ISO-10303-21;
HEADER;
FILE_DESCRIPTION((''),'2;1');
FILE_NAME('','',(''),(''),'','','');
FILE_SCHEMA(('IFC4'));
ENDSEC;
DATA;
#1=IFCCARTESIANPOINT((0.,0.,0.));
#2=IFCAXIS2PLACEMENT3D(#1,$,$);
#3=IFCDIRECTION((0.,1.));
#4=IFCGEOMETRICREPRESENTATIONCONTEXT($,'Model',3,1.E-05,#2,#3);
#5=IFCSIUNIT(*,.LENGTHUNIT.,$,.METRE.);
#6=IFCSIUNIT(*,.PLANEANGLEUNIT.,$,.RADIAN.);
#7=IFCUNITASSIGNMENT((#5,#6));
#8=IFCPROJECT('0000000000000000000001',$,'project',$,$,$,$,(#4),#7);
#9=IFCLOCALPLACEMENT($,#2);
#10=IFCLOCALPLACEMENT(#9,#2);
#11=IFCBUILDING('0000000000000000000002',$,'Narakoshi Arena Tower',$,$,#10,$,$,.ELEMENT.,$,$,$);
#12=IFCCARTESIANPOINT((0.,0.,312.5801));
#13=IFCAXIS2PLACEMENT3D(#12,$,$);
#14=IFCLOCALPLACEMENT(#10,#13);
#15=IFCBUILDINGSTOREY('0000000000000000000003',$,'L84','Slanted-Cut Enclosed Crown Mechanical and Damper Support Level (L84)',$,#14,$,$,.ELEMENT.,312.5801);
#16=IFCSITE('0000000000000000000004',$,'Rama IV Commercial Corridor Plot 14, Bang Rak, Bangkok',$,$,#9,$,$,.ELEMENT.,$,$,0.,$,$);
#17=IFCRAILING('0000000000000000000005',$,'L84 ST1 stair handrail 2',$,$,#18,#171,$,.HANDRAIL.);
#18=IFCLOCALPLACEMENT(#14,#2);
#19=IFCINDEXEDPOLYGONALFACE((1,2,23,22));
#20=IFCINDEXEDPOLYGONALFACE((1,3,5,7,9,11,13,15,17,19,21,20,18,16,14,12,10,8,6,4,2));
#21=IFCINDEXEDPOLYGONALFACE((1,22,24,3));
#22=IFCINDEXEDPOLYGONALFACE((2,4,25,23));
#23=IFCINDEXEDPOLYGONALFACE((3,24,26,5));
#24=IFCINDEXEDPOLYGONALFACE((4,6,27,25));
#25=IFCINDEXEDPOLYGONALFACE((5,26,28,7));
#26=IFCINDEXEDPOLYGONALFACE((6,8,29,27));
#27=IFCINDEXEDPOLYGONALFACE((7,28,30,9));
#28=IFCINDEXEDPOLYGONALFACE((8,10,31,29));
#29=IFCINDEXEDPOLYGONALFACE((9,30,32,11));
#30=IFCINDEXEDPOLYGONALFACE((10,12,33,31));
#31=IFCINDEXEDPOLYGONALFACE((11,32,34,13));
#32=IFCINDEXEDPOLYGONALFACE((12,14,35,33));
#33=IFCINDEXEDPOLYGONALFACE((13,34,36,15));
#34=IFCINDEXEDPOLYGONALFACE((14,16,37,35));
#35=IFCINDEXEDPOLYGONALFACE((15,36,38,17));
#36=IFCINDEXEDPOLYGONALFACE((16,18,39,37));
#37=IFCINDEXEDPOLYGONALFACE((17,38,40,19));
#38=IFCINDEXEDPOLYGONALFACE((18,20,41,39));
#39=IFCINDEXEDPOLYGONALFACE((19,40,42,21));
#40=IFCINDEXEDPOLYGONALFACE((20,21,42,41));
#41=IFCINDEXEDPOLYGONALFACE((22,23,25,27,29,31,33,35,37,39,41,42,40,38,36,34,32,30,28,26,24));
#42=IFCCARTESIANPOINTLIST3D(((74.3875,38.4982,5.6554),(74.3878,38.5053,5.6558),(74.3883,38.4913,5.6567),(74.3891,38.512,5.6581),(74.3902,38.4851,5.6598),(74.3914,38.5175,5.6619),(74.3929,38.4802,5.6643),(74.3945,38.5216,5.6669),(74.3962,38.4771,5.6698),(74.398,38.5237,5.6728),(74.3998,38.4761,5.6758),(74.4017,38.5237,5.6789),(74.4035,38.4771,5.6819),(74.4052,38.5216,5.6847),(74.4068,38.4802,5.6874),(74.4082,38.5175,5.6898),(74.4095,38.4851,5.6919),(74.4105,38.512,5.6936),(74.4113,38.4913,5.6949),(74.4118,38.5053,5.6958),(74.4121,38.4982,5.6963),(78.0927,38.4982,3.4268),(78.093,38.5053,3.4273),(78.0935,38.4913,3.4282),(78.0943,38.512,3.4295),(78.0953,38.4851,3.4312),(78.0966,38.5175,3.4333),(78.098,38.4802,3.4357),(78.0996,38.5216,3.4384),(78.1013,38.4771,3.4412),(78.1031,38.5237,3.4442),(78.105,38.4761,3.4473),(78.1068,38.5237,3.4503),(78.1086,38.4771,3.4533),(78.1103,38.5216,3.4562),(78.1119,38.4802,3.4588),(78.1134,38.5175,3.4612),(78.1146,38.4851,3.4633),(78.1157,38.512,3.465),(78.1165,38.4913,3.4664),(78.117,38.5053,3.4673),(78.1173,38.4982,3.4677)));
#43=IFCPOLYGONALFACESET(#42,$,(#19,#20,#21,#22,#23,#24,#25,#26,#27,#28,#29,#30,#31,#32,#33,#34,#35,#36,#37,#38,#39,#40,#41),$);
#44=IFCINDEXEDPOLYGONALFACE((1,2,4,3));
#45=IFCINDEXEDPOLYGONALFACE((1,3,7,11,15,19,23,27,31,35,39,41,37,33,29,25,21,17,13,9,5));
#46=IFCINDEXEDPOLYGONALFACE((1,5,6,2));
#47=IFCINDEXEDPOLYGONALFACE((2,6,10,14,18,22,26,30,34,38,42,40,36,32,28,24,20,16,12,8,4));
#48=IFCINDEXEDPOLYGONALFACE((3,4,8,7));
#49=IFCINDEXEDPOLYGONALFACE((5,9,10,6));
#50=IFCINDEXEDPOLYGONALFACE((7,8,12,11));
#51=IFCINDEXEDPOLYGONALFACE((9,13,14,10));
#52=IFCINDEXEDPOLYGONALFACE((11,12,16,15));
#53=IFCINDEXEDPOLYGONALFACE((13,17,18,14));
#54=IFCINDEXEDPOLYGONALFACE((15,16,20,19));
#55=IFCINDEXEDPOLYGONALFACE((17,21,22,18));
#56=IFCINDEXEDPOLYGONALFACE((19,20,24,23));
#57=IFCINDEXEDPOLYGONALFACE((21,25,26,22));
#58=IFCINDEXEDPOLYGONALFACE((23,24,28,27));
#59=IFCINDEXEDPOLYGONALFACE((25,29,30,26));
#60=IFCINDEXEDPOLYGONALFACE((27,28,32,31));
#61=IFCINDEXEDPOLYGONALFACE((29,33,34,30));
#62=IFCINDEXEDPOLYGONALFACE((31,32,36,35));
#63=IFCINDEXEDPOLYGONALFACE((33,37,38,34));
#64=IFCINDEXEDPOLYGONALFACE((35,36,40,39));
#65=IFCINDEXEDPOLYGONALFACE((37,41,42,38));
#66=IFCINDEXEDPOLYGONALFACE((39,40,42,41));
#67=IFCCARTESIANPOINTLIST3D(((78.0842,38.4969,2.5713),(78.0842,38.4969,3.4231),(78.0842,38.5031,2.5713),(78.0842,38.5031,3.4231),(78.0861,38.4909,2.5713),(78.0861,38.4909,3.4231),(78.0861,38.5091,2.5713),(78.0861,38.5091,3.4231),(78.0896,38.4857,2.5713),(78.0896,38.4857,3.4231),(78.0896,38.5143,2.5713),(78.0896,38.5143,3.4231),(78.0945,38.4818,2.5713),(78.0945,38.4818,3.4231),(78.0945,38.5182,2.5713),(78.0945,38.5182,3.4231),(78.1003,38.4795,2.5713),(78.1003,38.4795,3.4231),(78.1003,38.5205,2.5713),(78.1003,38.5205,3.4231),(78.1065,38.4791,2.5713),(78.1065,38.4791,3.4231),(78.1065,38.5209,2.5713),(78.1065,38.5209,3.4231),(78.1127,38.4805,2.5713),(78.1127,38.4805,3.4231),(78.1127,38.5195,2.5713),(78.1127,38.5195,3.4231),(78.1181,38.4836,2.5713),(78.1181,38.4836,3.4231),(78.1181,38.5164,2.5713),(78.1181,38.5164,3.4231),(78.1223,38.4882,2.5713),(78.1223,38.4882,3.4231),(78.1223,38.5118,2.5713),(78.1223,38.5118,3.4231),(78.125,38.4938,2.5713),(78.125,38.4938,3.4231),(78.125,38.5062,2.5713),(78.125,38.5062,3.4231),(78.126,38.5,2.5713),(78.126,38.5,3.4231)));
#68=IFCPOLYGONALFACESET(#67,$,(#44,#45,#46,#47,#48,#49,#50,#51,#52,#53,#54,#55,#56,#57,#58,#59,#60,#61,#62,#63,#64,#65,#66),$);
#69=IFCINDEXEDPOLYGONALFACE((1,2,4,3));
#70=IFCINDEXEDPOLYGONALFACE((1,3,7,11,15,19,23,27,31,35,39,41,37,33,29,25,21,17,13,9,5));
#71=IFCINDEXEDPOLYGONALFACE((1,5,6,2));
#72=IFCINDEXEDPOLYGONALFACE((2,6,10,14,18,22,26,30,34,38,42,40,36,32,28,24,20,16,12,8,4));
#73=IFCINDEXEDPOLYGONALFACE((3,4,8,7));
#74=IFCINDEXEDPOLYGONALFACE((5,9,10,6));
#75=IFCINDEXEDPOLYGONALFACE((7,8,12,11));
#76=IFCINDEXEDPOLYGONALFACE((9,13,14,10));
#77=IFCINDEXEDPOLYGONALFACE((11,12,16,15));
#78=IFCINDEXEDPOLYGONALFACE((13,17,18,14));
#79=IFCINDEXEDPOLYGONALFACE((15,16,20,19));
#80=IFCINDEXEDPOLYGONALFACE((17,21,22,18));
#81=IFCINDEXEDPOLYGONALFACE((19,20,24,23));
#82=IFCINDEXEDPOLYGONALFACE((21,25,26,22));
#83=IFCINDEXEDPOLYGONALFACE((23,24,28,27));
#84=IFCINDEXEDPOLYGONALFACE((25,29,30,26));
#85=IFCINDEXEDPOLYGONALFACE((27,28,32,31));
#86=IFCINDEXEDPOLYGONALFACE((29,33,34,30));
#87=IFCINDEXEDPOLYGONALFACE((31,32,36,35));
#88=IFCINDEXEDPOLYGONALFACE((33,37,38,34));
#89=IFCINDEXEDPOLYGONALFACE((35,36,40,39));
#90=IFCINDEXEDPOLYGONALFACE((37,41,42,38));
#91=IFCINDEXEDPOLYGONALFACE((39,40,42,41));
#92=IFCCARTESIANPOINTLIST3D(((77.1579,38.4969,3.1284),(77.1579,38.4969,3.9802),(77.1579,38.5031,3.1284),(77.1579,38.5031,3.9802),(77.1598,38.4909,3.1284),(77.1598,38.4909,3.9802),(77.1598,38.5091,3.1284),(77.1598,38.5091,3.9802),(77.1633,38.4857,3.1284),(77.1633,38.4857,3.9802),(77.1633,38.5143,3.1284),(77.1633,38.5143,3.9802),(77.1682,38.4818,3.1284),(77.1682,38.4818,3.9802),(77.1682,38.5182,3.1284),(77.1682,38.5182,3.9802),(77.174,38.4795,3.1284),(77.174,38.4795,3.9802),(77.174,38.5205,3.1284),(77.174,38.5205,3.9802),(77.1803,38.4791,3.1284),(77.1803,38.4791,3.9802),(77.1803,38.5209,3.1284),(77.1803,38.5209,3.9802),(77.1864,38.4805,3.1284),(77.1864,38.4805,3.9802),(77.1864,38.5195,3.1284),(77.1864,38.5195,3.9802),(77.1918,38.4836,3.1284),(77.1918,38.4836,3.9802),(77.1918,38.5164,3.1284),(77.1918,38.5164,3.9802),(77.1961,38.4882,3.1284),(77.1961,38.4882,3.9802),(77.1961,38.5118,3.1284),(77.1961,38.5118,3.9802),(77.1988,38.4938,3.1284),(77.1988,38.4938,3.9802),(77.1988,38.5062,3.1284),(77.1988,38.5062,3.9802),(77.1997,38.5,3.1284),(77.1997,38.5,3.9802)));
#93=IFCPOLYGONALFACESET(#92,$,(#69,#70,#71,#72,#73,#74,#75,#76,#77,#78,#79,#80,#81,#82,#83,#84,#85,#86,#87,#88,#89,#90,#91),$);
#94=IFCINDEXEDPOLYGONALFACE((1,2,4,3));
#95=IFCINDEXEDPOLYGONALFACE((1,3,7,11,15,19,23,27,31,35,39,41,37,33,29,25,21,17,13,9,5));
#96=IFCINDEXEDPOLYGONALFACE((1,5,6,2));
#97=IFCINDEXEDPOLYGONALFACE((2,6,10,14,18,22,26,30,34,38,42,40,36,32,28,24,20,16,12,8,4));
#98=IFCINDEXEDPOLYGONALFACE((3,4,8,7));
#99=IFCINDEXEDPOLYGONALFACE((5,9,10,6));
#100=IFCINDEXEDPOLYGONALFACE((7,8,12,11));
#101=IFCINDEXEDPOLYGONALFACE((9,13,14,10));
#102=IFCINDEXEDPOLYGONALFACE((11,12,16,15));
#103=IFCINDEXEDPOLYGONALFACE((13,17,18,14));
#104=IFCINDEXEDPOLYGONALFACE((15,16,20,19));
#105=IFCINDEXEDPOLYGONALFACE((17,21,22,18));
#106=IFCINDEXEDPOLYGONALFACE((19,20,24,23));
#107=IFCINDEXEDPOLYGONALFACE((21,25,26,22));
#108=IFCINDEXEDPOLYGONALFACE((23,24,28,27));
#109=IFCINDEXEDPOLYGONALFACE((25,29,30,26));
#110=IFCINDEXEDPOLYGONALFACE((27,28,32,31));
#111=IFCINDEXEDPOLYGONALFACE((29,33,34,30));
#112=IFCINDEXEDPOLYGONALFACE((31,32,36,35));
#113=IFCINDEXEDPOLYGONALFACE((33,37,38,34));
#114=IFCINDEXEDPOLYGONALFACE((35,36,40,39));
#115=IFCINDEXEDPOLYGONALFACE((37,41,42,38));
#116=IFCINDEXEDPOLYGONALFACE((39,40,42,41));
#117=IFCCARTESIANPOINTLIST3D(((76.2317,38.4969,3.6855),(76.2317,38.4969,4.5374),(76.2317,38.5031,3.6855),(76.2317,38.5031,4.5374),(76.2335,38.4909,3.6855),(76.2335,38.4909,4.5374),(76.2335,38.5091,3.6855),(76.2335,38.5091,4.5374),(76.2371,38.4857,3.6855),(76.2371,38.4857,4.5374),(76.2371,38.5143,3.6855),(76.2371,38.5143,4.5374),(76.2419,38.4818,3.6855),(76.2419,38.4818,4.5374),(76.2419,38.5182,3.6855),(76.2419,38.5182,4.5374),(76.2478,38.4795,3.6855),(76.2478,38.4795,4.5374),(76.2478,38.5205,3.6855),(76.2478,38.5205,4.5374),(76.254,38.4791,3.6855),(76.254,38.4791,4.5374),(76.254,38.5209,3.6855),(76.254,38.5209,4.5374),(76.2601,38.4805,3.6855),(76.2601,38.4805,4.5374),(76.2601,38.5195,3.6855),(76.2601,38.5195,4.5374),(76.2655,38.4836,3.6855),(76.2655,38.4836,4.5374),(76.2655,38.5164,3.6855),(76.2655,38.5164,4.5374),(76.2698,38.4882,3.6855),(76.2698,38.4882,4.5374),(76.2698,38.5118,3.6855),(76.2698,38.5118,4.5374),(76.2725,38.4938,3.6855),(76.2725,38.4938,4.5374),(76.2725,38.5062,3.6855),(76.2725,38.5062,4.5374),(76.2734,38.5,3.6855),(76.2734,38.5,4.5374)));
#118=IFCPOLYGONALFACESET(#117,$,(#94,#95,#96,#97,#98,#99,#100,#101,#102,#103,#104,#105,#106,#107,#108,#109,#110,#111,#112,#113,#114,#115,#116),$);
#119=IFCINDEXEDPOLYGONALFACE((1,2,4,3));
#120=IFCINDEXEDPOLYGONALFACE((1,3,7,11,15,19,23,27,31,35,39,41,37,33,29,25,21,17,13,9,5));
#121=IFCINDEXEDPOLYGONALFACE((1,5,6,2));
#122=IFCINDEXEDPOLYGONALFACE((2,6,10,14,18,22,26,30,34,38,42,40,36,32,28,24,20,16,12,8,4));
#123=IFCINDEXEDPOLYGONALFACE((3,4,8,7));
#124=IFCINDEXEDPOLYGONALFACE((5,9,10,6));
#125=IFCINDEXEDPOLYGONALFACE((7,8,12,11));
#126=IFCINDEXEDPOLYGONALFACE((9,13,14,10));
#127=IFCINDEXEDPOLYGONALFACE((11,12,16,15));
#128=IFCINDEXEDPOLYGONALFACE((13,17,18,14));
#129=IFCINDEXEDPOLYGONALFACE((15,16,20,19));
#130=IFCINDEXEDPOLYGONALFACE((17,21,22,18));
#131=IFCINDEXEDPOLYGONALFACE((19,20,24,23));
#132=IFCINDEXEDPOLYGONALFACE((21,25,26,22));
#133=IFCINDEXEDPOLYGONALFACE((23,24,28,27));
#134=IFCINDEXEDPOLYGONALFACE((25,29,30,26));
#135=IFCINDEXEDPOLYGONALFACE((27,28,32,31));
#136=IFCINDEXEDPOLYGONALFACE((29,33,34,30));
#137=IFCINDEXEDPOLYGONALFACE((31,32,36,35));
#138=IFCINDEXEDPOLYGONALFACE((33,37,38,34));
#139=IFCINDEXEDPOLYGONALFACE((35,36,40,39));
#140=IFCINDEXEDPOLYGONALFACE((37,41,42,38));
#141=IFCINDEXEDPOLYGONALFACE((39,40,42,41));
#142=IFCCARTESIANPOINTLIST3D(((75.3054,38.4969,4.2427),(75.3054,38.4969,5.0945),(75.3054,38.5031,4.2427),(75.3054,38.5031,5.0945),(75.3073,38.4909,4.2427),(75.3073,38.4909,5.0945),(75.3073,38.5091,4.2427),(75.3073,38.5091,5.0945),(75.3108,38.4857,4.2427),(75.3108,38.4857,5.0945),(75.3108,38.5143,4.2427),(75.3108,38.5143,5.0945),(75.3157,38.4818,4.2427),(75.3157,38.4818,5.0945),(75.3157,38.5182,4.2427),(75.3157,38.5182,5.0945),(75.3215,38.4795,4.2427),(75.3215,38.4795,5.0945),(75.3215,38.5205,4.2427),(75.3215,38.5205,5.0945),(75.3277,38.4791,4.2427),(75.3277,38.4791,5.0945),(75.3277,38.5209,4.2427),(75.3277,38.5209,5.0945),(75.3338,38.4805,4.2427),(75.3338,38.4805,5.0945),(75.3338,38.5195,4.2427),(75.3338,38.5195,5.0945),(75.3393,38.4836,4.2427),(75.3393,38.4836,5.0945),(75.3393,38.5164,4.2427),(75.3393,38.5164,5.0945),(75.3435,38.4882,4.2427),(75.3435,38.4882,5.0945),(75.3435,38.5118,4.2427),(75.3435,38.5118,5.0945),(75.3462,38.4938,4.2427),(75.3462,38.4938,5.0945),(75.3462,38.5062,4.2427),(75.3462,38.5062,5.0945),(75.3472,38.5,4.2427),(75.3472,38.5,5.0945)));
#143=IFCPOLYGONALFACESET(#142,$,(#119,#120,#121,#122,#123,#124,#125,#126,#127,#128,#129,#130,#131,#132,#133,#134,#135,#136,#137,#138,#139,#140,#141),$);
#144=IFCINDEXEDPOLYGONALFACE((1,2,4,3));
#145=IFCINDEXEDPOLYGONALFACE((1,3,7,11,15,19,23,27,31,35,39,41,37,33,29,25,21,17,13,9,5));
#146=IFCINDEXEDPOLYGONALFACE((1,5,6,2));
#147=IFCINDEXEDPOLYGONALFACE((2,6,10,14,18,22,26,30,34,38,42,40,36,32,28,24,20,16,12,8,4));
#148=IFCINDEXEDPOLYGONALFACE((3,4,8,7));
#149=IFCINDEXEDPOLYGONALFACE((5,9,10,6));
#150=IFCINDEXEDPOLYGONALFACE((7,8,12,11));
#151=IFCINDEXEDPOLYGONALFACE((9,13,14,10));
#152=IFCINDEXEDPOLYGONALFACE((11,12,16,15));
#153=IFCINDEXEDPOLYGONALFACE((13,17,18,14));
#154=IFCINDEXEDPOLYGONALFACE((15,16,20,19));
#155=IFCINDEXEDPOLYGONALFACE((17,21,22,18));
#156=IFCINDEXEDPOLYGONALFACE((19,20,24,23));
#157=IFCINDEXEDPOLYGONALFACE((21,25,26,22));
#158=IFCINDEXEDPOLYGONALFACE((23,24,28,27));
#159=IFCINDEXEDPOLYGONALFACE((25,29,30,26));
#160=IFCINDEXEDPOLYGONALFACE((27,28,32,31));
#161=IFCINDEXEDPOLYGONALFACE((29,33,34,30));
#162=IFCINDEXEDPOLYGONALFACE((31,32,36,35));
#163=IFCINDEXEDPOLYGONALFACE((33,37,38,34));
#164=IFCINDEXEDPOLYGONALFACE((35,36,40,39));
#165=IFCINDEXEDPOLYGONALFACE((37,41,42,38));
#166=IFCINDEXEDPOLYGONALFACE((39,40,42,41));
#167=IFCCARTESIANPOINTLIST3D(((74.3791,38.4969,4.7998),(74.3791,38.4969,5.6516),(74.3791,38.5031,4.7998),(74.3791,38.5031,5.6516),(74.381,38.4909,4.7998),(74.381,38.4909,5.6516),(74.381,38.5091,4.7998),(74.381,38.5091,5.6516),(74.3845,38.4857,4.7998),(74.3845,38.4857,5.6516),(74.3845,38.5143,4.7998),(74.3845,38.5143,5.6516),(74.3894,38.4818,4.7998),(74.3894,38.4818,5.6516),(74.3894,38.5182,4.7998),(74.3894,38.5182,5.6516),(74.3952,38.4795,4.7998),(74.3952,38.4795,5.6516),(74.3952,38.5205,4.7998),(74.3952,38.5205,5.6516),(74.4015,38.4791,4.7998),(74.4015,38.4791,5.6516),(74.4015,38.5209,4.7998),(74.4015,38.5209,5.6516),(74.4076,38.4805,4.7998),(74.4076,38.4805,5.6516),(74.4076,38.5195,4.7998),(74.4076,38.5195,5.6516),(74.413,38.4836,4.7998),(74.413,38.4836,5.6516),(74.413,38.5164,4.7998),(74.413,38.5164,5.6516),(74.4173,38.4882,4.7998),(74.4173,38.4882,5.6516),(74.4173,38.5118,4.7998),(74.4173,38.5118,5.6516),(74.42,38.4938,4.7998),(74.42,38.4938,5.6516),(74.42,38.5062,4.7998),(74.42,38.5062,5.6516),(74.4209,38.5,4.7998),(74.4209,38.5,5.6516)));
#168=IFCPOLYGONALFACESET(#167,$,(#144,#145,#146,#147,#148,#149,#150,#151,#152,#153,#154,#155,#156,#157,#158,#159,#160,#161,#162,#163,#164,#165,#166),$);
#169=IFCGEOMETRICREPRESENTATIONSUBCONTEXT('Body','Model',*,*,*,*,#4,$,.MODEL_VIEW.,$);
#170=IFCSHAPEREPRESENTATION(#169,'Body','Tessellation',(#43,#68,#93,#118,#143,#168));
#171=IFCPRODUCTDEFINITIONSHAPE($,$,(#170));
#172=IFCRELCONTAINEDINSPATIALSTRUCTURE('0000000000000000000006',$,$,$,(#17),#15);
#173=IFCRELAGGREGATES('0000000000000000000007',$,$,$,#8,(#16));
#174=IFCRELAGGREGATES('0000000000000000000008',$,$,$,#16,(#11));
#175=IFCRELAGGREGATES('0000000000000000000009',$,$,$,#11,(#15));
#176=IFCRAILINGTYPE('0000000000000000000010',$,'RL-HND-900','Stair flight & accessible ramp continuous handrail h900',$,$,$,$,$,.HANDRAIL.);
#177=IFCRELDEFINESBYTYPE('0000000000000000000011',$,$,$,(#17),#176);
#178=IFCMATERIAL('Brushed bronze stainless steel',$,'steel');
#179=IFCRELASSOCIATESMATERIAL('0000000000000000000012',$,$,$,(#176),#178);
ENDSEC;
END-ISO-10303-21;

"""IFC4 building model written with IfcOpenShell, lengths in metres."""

from ifc_helpers import new_model, si_unit, direction, frame, origin, origin_2d, place, context, subcontext, project, spatial, circle, extrude, material, type_object, element, save


model = new_model("IFC4")

# Units and contexts
model_context = context("Model", 3, precision=1e-05, world=origin(), true_north=direction((0.0, 1.0)))
body_context = subcontext(model_context, "Body", "Model", "MODEL_VIEW")
ifc_project = project(units=[si_unit("LENGTHUNIT", "METRE"), si_unit("PLANEANGLEUNIT", "RADIAN")], contexts=[model_context])

# Site, building, storey
site_placement = place(None, origin())
site = spatial("IfcSite", under=ifc_project, at=site_placement, Name="Rama IV Commercial Corridor Plot 14, Bang Rak, Bangkok", CompositionType="ELEMENT", RefElevation=0.0)
building_placement = place(site_placement, origin())
building = spatial("IfcBuilding", under=site, at=building_placement, Name="Narakoshi Arena Tower", CompositionType="ELEMENT")
storey_placement = place(building_placement, frame((0.0, 0.0, 312.5801)))
storey = spatial("IfcBuildingStorey", under=building, at=storey_placement, Name="L84", Description="Slanted-Cut Enclosed Crown Mechanical and Damper Support Level (L84)", CompositionType="ELEMENT", Elevation=312.5801)

# Shared definitions
ifc_material_1 = material(Name="Brushed bronze stainless steel", Category="steel")

# Railing
railing_type_1 = type_object("IfcRailingType", Name="RL-HND-900", Description="Stair flight & accessible ramp continuous handrail h900", PredefinedType="HANDRAIL", material=ifc_material_1)
railing_1_placement = place(storey_placement, frame((78.105, 38.5, 2.5713)))
element("IfcRailing", 1, at=railing_1_placement, inside=storey, type_object=railing_type_1, Name="L84 ST1 stair handrail 2", PredefinedType="HANDRAIL", context=body_context, shape_type="SweptSolid", body=[
    extrude(circle(Radius=0.0239, at=origin_2d()), frame((0.0, 0.0, 0.876), z_axis=(-0.856934, 0.0, 0.515425), x_axis=(0.0, -1.0, 0.0)), (0.0, 0.0, 1.0), 4.3237),
    extrude(circle(Radius=0.021, at=origin_2d()), origin(), (0.0, 0.0, 1.0), 0.8518),
    extrude(circle(Radius=0.021, at=origin_2d()), frame((-0.9263, 0.0, 0.5571)), (0.0, 0.0, 1.0), 0.8518),
    extrude(circle(Radius=0.021, at=origin_2d()), frame((-1.8525, 0.0, 1.1143)), (0.0, 0.0, 1.0), 0.8518),
    extrude(circle(Radius=0.021, at=origin_2d()), frame((-2.7788, 0.0, 1.6714)), (0.0, 0.0, 1.0), 0.8518),
    extrude(circle(Radius=0.021, at=origin_2d()), frame((-3.7051, 0.0, 2.2285)), (0.0, 0.0, 1.0), 0.8518),
])

save(model, "model.ifc")
